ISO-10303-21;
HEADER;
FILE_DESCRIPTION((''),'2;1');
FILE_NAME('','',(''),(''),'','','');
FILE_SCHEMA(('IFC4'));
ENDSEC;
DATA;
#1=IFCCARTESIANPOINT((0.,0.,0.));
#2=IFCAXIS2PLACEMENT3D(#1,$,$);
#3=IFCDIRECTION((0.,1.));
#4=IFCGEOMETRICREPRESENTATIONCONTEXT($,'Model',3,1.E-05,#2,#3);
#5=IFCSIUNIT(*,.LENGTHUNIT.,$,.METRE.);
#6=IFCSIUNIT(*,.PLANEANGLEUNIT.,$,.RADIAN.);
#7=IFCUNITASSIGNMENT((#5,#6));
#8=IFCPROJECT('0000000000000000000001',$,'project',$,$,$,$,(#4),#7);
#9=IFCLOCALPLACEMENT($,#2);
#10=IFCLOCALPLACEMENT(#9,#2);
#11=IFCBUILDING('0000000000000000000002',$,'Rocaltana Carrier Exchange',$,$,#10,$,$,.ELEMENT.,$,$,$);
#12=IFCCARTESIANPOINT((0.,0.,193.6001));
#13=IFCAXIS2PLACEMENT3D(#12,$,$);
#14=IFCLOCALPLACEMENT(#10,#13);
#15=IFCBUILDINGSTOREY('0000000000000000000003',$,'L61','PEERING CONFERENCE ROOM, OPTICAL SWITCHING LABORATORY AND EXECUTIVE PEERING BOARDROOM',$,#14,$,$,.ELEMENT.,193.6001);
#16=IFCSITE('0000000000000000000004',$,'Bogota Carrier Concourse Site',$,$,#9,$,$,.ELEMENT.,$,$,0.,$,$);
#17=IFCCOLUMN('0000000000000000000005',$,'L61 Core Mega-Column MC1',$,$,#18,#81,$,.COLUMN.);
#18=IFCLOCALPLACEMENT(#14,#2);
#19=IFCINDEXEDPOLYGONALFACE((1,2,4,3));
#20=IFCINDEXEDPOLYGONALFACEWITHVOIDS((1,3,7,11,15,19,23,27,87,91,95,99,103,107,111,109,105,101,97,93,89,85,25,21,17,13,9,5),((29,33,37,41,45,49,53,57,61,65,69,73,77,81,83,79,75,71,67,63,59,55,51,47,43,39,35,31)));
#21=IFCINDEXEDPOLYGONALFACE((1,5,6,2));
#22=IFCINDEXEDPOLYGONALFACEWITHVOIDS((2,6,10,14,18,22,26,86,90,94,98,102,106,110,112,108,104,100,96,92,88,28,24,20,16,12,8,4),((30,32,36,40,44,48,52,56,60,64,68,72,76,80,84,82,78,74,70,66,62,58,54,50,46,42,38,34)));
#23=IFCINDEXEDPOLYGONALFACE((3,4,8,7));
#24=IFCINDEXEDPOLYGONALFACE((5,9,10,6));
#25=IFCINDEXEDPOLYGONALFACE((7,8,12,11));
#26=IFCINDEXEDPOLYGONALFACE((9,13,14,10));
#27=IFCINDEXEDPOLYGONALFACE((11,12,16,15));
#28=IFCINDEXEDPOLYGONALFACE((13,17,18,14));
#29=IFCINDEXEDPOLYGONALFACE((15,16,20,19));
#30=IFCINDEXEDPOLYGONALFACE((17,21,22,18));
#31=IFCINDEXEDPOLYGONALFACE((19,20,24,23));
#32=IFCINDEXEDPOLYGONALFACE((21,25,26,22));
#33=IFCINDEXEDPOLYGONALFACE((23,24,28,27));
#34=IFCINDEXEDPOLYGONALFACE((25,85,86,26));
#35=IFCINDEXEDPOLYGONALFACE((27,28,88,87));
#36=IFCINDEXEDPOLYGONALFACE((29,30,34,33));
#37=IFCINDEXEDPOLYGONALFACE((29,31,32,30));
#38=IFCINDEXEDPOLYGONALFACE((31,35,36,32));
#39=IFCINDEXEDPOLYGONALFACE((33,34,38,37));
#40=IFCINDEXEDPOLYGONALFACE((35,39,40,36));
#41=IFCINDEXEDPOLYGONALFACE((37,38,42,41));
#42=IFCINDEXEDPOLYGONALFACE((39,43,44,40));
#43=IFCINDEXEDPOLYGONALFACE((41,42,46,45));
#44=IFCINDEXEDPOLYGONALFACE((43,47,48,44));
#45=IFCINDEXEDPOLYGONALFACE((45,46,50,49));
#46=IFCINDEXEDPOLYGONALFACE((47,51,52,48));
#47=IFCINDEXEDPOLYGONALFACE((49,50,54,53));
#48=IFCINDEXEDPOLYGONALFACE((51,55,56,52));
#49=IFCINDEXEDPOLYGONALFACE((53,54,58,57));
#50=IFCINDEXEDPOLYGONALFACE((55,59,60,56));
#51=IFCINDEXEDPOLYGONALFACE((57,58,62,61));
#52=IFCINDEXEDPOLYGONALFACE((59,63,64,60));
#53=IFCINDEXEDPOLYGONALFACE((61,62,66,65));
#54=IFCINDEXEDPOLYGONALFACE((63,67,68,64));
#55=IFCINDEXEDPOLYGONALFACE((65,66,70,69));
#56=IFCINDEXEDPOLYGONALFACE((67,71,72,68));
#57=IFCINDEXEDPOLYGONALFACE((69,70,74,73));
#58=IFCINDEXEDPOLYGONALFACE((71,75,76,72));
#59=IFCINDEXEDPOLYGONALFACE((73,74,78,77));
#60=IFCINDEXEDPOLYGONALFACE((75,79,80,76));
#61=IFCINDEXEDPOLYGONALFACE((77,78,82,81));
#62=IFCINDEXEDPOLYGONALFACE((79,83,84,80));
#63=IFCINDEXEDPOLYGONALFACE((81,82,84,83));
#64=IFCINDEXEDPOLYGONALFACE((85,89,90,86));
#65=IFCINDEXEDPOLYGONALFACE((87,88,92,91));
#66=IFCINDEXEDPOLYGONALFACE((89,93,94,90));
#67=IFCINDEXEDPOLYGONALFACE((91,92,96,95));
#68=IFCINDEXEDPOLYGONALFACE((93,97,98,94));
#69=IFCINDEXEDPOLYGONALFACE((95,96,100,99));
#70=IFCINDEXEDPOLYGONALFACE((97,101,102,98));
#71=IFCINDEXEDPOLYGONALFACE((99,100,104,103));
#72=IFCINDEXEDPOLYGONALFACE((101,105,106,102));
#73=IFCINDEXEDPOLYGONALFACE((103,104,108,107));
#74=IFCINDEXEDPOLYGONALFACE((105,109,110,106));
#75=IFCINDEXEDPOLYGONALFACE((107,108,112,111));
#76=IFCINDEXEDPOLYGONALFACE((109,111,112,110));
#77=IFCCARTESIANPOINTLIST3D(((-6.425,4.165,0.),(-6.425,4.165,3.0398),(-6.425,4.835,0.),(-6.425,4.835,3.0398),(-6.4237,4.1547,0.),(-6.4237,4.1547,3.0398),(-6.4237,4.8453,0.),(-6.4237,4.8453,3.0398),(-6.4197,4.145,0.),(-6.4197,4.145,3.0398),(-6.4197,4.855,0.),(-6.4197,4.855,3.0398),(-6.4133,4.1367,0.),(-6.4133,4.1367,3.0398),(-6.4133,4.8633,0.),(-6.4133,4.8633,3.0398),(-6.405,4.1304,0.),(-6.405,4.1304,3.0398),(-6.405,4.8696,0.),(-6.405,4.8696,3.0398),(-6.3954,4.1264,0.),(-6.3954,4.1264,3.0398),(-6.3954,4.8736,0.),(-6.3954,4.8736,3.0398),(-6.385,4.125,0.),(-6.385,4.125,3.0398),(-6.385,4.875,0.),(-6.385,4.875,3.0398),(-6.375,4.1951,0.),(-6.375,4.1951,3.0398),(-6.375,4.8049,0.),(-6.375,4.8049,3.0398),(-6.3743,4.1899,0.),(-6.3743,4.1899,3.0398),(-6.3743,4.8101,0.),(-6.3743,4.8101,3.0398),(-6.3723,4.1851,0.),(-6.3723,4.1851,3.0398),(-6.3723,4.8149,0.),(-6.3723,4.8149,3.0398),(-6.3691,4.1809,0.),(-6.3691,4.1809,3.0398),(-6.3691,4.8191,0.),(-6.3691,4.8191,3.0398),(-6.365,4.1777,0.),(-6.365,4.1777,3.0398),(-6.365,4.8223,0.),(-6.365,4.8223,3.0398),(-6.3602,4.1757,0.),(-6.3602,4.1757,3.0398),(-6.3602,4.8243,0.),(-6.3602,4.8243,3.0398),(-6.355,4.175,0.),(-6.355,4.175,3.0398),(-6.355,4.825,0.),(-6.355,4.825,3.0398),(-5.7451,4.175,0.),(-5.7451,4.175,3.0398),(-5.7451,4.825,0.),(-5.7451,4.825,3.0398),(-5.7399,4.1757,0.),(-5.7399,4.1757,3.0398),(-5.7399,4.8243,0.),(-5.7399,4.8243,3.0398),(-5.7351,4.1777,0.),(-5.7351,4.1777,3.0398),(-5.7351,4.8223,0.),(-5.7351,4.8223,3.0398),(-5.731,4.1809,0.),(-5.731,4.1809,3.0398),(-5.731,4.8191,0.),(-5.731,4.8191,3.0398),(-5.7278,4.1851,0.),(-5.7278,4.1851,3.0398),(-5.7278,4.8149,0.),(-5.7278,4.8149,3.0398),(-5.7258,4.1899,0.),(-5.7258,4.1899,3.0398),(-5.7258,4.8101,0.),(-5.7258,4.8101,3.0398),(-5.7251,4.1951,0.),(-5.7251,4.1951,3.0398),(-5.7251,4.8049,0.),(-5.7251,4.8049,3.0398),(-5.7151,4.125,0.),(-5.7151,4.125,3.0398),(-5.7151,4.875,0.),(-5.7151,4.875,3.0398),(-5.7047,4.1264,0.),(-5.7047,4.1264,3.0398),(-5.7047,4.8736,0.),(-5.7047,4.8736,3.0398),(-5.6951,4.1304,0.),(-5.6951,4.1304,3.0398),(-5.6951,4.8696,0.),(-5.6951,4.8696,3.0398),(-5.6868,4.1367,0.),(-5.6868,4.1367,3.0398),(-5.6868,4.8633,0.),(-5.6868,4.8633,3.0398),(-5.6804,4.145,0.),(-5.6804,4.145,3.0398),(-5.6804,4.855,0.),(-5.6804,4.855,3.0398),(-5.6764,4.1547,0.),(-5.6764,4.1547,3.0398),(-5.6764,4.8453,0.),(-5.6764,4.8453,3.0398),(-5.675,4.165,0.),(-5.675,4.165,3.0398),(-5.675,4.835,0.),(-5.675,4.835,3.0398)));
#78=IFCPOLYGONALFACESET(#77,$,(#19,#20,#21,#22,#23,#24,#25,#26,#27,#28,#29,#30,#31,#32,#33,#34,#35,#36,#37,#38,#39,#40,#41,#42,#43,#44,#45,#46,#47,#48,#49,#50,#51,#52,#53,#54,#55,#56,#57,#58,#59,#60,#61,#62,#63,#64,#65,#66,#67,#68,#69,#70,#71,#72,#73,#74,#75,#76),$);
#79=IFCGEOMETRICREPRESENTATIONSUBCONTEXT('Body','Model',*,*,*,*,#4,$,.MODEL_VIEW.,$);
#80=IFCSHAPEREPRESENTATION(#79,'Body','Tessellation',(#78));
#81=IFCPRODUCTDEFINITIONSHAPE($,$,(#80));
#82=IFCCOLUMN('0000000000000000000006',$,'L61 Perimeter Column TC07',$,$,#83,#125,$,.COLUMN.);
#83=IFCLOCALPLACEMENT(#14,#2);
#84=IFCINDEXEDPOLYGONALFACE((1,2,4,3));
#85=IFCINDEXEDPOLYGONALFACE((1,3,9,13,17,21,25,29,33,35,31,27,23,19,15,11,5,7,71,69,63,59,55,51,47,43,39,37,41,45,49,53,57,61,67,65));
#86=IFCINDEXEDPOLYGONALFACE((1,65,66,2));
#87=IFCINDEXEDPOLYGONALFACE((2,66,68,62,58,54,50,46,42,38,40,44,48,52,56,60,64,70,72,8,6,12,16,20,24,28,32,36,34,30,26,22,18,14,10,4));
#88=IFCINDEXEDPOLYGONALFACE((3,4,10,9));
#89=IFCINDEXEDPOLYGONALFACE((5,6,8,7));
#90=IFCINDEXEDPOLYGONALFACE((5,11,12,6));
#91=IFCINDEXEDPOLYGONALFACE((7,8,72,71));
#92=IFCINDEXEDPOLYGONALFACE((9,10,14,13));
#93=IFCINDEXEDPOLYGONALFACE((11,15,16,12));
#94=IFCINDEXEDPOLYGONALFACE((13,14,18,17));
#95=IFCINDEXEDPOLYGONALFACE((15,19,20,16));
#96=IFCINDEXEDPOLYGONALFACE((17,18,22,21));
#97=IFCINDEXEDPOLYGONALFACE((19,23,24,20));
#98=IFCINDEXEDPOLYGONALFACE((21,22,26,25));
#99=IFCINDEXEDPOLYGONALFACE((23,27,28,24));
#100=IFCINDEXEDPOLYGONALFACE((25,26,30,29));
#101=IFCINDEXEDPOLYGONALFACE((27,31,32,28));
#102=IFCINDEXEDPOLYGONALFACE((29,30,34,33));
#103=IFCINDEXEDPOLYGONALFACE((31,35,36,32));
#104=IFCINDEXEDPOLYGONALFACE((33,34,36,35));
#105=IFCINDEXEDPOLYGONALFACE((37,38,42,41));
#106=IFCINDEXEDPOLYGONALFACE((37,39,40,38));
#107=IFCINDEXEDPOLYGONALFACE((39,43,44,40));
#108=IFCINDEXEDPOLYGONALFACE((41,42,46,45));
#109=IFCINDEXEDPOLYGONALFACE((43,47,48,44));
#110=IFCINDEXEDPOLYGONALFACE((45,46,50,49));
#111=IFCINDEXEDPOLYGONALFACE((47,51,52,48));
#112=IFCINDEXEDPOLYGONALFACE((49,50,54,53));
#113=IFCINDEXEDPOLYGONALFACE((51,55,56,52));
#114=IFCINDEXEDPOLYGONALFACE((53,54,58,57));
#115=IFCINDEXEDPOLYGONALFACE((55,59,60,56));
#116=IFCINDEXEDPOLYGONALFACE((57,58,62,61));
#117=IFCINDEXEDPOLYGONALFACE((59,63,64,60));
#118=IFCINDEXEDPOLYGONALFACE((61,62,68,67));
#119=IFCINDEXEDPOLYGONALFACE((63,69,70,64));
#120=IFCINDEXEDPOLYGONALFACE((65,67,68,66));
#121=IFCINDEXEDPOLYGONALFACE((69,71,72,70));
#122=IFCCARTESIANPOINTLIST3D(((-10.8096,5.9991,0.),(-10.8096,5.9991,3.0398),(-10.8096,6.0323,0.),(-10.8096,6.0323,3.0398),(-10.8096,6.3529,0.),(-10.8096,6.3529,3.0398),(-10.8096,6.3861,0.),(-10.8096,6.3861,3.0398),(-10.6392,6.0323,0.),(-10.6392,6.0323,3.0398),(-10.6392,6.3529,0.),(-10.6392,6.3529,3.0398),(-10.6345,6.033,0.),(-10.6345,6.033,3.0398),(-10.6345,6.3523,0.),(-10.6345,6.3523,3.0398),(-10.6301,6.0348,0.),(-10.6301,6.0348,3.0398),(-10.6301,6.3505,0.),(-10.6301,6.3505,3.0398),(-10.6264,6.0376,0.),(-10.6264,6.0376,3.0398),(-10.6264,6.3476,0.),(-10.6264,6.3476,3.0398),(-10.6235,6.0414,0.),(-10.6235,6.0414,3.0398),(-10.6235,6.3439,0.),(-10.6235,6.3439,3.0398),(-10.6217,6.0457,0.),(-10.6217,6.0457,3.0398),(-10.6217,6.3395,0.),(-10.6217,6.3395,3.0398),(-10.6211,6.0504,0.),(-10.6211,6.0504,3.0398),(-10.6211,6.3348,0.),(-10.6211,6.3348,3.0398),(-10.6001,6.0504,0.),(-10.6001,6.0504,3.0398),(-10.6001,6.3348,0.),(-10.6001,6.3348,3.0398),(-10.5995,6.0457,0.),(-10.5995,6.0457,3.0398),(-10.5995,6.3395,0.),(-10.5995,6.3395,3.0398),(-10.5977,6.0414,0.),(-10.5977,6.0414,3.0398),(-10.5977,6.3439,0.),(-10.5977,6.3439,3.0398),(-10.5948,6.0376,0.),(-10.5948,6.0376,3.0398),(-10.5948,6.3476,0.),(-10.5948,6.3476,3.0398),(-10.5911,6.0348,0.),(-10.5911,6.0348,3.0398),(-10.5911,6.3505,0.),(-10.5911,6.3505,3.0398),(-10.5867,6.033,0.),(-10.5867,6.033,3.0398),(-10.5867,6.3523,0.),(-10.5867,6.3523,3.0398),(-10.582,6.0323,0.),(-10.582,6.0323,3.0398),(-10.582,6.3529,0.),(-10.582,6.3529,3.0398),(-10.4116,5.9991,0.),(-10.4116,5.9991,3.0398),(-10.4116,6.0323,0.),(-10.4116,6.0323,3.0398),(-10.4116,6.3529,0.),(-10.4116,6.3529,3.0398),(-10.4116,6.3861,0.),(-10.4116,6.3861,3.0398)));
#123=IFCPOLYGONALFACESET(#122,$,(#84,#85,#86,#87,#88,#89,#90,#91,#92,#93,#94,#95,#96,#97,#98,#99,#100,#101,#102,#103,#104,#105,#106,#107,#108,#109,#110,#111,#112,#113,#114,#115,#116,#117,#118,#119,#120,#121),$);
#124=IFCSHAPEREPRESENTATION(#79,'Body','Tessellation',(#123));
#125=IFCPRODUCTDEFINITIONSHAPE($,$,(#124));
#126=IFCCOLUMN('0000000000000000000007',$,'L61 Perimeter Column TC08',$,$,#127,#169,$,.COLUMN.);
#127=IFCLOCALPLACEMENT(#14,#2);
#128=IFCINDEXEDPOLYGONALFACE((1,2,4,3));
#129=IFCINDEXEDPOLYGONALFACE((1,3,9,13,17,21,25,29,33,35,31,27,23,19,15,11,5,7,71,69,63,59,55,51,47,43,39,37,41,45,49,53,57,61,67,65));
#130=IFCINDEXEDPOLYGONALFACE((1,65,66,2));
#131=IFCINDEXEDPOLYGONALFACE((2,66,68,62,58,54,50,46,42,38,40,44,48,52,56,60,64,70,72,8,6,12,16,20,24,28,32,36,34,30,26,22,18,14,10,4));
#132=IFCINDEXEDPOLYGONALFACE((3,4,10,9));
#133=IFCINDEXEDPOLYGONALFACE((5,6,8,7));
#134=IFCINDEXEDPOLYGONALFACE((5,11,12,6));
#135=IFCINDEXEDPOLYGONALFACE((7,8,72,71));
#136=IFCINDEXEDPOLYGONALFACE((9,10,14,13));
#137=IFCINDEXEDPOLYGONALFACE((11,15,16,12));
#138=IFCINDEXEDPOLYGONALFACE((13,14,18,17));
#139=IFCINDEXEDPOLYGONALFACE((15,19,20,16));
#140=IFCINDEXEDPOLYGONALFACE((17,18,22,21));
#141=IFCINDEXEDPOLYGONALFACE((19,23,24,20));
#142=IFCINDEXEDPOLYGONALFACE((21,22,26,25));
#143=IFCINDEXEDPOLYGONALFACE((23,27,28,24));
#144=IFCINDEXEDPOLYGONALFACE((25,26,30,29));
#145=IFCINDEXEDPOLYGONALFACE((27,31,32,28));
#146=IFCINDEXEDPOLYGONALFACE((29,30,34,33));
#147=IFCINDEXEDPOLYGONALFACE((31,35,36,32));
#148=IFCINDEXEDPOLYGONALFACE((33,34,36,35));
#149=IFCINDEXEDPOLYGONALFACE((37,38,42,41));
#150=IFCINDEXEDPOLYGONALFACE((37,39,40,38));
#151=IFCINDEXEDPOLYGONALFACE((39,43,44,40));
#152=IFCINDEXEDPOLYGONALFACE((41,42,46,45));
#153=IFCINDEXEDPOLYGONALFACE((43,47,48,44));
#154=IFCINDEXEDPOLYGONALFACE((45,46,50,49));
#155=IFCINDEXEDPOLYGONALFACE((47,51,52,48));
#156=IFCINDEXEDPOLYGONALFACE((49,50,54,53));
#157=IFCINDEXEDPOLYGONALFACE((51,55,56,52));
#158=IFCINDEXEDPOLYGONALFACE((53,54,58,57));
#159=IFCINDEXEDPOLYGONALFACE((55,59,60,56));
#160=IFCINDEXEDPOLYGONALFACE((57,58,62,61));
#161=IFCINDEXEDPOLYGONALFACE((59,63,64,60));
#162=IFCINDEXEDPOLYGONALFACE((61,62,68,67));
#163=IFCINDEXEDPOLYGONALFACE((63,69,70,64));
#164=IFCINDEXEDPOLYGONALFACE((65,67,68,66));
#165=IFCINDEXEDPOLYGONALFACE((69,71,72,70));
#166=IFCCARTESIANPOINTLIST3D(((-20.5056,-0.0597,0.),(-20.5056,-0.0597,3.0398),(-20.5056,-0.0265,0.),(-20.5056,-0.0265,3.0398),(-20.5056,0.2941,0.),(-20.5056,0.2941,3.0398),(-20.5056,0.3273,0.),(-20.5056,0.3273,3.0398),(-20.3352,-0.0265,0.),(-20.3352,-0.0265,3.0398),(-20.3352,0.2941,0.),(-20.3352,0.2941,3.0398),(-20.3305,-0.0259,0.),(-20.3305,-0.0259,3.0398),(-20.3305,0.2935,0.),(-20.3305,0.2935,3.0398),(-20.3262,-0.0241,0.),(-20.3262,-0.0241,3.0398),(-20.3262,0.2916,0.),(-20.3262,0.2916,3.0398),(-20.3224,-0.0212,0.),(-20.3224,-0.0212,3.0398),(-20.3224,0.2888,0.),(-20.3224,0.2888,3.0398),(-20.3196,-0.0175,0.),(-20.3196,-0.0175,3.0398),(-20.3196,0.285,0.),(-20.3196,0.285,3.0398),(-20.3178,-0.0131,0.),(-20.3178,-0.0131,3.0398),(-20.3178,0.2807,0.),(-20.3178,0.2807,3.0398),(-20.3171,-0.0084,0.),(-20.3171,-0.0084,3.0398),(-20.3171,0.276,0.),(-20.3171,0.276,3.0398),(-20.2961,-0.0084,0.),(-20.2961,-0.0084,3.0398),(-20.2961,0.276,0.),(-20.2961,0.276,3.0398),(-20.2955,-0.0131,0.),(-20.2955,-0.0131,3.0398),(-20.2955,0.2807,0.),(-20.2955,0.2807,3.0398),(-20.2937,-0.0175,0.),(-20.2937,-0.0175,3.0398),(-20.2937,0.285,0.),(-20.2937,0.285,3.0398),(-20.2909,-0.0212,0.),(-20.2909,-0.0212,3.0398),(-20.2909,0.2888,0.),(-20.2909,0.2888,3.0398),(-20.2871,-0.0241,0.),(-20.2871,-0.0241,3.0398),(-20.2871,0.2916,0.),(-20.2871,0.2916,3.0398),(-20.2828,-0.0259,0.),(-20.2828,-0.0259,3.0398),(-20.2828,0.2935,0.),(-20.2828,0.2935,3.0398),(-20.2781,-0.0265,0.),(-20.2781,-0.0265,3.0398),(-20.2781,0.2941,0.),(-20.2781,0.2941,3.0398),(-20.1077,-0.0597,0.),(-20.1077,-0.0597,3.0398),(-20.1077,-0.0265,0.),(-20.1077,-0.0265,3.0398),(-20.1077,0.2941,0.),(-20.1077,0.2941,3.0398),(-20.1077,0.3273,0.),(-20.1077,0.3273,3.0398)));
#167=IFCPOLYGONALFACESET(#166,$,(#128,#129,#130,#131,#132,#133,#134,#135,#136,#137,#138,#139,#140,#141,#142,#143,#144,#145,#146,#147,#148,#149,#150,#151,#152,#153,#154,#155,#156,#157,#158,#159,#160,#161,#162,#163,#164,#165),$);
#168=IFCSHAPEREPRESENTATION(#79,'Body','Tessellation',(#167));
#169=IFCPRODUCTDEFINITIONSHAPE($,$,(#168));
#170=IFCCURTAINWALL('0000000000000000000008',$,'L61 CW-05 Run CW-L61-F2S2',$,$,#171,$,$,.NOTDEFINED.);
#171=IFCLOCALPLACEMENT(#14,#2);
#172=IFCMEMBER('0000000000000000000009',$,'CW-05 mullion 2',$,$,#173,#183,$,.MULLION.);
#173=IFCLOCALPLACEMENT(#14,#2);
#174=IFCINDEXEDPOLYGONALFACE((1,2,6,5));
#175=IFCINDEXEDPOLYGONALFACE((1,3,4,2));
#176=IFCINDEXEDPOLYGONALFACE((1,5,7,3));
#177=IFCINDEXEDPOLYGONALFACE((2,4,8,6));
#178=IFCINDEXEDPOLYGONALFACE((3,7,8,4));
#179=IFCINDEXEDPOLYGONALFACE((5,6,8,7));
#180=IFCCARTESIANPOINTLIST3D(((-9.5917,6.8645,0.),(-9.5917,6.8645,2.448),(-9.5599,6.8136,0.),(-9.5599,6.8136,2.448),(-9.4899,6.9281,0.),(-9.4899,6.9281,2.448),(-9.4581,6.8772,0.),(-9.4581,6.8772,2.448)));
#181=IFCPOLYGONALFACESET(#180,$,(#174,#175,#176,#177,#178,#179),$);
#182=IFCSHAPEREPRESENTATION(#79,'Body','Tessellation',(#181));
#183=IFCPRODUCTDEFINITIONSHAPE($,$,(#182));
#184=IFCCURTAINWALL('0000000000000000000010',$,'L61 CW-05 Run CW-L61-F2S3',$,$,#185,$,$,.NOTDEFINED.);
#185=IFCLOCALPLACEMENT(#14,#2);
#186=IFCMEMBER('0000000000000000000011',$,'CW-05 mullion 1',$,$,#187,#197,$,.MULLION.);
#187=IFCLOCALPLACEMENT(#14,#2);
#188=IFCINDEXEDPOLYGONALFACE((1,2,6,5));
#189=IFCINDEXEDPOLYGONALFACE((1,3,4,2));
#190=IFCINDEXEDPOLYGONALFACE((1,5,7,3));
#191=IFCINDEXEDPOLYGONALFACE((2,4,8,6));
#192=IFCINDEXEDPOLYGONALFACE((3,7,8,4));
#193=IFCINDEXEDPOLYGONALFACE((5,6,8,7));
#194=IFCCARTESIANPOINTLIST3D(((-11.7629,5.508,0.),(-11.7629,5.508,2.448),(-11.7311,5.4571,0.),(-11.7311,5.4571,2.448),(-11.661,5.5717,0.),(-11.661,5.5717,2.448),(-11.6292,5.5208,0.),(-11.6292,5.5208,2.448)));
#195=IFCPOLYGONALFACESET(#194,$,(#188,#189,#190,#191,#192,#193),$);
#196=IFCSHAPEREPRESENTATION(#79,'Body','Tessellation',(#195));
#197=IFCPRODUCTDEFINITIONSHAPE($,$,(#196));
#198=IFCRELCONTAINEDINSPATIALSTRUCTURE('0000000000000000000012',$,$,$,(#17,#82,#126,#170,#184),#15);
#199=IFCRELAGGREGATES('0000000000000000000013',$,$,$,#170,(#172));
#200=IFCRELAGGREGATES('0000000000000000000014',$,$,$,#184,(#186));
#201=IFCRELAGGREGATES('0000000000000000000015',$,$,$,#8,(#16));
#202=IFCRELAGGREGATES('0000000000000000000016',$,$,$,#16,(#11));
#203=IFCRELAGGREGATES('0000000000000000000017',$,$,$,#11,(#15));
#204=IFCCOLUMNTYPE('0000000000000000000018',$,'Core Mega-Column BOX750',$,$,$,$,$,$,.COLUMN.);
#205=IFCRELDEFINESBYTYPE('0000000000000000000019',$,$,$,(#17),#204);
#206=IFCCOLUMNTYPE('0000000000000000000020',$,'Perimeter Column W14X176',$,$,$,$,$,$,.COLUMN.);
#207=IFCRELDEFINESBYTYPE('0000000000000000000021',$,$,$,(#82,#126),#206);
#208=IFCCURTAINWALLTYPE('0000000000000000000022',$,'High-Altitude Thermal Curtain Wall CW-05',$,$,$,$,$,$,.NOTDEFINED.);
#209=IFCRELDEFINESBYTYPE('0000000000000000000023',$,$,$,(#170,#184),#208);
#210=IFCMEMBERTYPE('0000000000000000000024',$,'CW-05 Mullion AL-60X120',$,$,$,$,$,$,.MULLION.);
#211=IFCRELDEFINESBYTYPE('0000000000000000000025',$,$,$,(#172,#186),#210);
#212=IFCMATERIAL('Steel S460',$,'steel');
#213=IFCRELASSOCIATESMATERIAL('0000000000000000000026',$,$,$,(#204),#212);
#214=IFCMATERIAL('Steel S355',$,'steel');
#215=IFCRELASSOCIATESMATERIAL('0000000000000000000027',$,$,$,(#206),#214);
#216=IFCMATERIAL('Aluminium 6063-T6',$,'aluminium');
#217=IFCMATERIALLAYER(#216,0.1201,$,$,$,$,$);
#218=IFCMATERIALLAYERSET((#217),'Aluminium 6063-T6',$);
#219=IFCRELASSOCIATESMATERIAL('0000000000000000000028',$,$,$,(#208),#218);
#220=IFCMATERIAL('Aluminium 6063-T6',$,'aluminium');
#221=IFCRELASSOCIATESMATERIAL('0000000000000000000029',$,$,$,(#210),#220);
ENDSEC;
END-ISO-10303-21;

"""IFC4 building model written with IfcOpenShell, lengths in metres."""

from ifc_helpers import new_model, si_unit, direction, frame, origin, origin_2d, place, context, subcontext, project, spatial, rectangle, hollow_rectangle, i_section, extrude, material, layer, layer_set, material_profile, profile_set, type_object, element, aggregate, save


model = new_model("IFC4")

# Units and contexts
model_context = context("Model", 3, precision=1e-05, world=origin(), true_north=direction((0.0, 1.0)))
body_context = subcontext(model_context, "Body", "Model", "MODEL_VIEW")
ifc_project = project(units=[si_unit("LENGTHUNIT", "METRE"), si_unit("PLANEANGLEUNIT", "RADIAN")], contexts=[model_context])

# Site, building, storey
site_placement = place(None, origin())
site = spatial("IfcSite", under=ifc_project, at=site_placement, Name="Bogota Carrier Concourse Site", CompositionType="ELEMENT", RefElevation=0.0)
building_placement = place(site_placement, origin())
building = spatial("IfcBuilding", under=site, at=building_placement, Name="Rocaltana Carrier Exchange", CompositionType="ELEMENT")
storey_placement = place(building_placement, frame((0.0, 0.0, 193.6001)))
storey = spatial("IfcBuildingStorey", under=building, at=storey_placement, Name="L61", Description="PEERING CONFERENCE ROOM, OPTICAL SWITCHING LABORATORY AND EXECUTIVE PEERING BOARDROOM", CompositionType="ELEMENT", Elevation=193.6001)

# Columns
ifc_material_1 = material(Name="Steel S460", Category="steel")
ifc_material_profile_1 = material_profile(ifc_material_1, hollow_rectangle(XDim=0.75, YDim=0.75, WallThickness=0.05, InnerFilletRadius=0.02, OuterFilletRadius=0.04, at=origin_2d()), Name="BOX750X750X50")
ifc_profile_set_1 = profile_set([ifc_material_profile_1], Name="Steel S460")
column_type_1 = type_object("IfcColumnType", Name="Core Mega-Column BOX750", PredefinedType="COLUMN", material=ifc_profile_set_1)
column_placement = place(storey_placement, frame((-6.05, 4.5, 0.0), z_axis=(0.0, 0.0, 1.0), x_axis=(1.0, 0.0, 0.0)))
element("IfcColumn", 1, at=column_placement, inside=storey, type_object=column_type_1, Name="L61 Core Mega-Column MC1", PredefinedType="COLUMN", context=body_context, shape_type="SweptSolid", body=[
    extrude(hollow_rectangle(XDim=0.75, YDim=0.75, WallThickness=0.05, InnerFilletRadius=0.02, OuterFilletRadius=0.04, at=origin_2d()), origin(), (0.0, 0.0, 1.0), 3.0398),
])
ifc_material_2 = material(Name="Steel S355", Category="steel")
ifc_material_profile_2 = material_profile(ifc_material_2, i_section(OverallWidth=0.3979, OverallDepth=0.387, WebThickness=0.021, FlangeThickness=0.0332, FilletRadius=0.0181, at=origin_2d()), Name="W14X176")
ifc_profile_set_2 = profile_set([ifc_material_profile_2], Name="Steel S355")
column_type_2 = type_object("IfcColumnType", Name="Perimeter Column W14X176", PredefinedType="COLUMN", material=ifc_profile_set_2)
for number, where, z_axis, x_axis, name in (
    (2, (-10.6106, 6.1926, 0.0), (0.0, 0.0, 1.0), (1.0, 0.0, 0.0), "L61 Perimeter Column TC07"),
    (3, (-20.3066, 0.1338, 0.0), (0.0, 0.0, 1.0), (1.0, 0.0, 0.0), "L61 Perimeter Column TC08"),
):
    element("IfcColumn", number, at=place(storey_placement, frame(where, z_axis=z_axis, x_axis=x_axis)), inside=storey, type_object=column_type_2, Name=name, PredefinedType="COLUMN", context=body_context, shape_type="SweptSolid", body=[
        extrude(i_section(OverallWidth=0.3979, OverallDepth=0.387, WebThickness=0.021, FlangeThickness=0.0332, FilletRadius=0.0181, at=origin_2d()), origin(), (0.0, 0.0, 1.0), 3.0398),
    ])

# Curtain wall, member
ifc_material_3 = material(Name="Aluminium 6063-T6", Category="aluminium")
ifc_layer_1 = layer(ifc_material_3, 0.1201)
ifc_layer_set_1 = layer_set([ifc_layer_1], Name="Aluminium 6063-T6")
curtain_wall_type = type_object("IfcCurtainWallType", Name="High-Altitude Thermal Curtain Wall CW-05", PredefinedType="NOTDEFINED", material=ifc_layer_set_1)
curtain_wall_1_placement = place(storey_placement, origin())
curtain_wall_1 = element("IfcCurtainWall", 4, at=curtain_wall_1_placement, inside=storey, type_object=curtain_wall_type, Name="L61 CW-05 Run CW-L61-F2S2", PredefinedType="NOTDEFINED")
ifc_material_4 = material(Name="Aluminium 6063-T6", Category="aluminium")
ifc_material_profile_3 = material_profile(ifc_material_4, rectangle(XDim=0.0601, YDim=0.1201, at=origin_2d()), Name="AL-60X120")
ifc_profile_set_3 = profile_set([ifc_material_profile_3], Name="Aluminium 6063-T6")
member_type_1 = type_object("IfcMemberType", Name="CW-05 Mullion AL-60X120", PredefinedType="MULLION", material=ifc_profile_set_3)
member_1_placement = place(storey_placement, frame((-9.5249, 6.8708, 0.0), z_axis=(0.0, 0.0, 1.0), x_axis=(0.52992, -0.848047, 0.0)))
member_1 = element("IfcMember", 5, at=member_1_placement, type_object=member_type_1, Name="CW-05 mullion 2", PredefinedType="MULLION", context=body_context, shape_type="SweptSolid", body=[
    extrude(rectangle(XDim=0.0601, YDim=0.1201, at=origin_2d()), origin(), (0.0, 0.0, 1.0), 2.448),
])
aggregate(curtain_wall_1, [member_1])

# Curtain wall, member
curtain_wall_2_placement = place(storey_placement, origin())
curtain_wall_2 = element("IfcCurtainWall", 6, at=curtain_wall_2_placement, inside=storey, type_object=curtain_wall_type, Name="L61 CW-05 Run CW-L61-F2S3", PredefinedType="NOTDEFINED")
member_2_placement = place(storey_placement, frame((-11.696, 5.5144, 0.0), z_axis=(0.0, 0.0, 1.0), x_axis=(0.529915, -0.84805, 0.0)))
member_2 = element("IfcMember", 7, at=member_2_placement, type_object=member_type_1, Name="CW-05 mullion 1", PredefinedType="MULLION", context=body_context, shape_type="SweptSolid", body=[
    extrude(rectangle(XDim=0.0601, YDim=0.1201, at=origin_2d()), origin(), (0.0, 0.0, 1.0), 2.448),
])

aggregate(curtain_wall_2, [member_2])

save(model, "model.ifc")
